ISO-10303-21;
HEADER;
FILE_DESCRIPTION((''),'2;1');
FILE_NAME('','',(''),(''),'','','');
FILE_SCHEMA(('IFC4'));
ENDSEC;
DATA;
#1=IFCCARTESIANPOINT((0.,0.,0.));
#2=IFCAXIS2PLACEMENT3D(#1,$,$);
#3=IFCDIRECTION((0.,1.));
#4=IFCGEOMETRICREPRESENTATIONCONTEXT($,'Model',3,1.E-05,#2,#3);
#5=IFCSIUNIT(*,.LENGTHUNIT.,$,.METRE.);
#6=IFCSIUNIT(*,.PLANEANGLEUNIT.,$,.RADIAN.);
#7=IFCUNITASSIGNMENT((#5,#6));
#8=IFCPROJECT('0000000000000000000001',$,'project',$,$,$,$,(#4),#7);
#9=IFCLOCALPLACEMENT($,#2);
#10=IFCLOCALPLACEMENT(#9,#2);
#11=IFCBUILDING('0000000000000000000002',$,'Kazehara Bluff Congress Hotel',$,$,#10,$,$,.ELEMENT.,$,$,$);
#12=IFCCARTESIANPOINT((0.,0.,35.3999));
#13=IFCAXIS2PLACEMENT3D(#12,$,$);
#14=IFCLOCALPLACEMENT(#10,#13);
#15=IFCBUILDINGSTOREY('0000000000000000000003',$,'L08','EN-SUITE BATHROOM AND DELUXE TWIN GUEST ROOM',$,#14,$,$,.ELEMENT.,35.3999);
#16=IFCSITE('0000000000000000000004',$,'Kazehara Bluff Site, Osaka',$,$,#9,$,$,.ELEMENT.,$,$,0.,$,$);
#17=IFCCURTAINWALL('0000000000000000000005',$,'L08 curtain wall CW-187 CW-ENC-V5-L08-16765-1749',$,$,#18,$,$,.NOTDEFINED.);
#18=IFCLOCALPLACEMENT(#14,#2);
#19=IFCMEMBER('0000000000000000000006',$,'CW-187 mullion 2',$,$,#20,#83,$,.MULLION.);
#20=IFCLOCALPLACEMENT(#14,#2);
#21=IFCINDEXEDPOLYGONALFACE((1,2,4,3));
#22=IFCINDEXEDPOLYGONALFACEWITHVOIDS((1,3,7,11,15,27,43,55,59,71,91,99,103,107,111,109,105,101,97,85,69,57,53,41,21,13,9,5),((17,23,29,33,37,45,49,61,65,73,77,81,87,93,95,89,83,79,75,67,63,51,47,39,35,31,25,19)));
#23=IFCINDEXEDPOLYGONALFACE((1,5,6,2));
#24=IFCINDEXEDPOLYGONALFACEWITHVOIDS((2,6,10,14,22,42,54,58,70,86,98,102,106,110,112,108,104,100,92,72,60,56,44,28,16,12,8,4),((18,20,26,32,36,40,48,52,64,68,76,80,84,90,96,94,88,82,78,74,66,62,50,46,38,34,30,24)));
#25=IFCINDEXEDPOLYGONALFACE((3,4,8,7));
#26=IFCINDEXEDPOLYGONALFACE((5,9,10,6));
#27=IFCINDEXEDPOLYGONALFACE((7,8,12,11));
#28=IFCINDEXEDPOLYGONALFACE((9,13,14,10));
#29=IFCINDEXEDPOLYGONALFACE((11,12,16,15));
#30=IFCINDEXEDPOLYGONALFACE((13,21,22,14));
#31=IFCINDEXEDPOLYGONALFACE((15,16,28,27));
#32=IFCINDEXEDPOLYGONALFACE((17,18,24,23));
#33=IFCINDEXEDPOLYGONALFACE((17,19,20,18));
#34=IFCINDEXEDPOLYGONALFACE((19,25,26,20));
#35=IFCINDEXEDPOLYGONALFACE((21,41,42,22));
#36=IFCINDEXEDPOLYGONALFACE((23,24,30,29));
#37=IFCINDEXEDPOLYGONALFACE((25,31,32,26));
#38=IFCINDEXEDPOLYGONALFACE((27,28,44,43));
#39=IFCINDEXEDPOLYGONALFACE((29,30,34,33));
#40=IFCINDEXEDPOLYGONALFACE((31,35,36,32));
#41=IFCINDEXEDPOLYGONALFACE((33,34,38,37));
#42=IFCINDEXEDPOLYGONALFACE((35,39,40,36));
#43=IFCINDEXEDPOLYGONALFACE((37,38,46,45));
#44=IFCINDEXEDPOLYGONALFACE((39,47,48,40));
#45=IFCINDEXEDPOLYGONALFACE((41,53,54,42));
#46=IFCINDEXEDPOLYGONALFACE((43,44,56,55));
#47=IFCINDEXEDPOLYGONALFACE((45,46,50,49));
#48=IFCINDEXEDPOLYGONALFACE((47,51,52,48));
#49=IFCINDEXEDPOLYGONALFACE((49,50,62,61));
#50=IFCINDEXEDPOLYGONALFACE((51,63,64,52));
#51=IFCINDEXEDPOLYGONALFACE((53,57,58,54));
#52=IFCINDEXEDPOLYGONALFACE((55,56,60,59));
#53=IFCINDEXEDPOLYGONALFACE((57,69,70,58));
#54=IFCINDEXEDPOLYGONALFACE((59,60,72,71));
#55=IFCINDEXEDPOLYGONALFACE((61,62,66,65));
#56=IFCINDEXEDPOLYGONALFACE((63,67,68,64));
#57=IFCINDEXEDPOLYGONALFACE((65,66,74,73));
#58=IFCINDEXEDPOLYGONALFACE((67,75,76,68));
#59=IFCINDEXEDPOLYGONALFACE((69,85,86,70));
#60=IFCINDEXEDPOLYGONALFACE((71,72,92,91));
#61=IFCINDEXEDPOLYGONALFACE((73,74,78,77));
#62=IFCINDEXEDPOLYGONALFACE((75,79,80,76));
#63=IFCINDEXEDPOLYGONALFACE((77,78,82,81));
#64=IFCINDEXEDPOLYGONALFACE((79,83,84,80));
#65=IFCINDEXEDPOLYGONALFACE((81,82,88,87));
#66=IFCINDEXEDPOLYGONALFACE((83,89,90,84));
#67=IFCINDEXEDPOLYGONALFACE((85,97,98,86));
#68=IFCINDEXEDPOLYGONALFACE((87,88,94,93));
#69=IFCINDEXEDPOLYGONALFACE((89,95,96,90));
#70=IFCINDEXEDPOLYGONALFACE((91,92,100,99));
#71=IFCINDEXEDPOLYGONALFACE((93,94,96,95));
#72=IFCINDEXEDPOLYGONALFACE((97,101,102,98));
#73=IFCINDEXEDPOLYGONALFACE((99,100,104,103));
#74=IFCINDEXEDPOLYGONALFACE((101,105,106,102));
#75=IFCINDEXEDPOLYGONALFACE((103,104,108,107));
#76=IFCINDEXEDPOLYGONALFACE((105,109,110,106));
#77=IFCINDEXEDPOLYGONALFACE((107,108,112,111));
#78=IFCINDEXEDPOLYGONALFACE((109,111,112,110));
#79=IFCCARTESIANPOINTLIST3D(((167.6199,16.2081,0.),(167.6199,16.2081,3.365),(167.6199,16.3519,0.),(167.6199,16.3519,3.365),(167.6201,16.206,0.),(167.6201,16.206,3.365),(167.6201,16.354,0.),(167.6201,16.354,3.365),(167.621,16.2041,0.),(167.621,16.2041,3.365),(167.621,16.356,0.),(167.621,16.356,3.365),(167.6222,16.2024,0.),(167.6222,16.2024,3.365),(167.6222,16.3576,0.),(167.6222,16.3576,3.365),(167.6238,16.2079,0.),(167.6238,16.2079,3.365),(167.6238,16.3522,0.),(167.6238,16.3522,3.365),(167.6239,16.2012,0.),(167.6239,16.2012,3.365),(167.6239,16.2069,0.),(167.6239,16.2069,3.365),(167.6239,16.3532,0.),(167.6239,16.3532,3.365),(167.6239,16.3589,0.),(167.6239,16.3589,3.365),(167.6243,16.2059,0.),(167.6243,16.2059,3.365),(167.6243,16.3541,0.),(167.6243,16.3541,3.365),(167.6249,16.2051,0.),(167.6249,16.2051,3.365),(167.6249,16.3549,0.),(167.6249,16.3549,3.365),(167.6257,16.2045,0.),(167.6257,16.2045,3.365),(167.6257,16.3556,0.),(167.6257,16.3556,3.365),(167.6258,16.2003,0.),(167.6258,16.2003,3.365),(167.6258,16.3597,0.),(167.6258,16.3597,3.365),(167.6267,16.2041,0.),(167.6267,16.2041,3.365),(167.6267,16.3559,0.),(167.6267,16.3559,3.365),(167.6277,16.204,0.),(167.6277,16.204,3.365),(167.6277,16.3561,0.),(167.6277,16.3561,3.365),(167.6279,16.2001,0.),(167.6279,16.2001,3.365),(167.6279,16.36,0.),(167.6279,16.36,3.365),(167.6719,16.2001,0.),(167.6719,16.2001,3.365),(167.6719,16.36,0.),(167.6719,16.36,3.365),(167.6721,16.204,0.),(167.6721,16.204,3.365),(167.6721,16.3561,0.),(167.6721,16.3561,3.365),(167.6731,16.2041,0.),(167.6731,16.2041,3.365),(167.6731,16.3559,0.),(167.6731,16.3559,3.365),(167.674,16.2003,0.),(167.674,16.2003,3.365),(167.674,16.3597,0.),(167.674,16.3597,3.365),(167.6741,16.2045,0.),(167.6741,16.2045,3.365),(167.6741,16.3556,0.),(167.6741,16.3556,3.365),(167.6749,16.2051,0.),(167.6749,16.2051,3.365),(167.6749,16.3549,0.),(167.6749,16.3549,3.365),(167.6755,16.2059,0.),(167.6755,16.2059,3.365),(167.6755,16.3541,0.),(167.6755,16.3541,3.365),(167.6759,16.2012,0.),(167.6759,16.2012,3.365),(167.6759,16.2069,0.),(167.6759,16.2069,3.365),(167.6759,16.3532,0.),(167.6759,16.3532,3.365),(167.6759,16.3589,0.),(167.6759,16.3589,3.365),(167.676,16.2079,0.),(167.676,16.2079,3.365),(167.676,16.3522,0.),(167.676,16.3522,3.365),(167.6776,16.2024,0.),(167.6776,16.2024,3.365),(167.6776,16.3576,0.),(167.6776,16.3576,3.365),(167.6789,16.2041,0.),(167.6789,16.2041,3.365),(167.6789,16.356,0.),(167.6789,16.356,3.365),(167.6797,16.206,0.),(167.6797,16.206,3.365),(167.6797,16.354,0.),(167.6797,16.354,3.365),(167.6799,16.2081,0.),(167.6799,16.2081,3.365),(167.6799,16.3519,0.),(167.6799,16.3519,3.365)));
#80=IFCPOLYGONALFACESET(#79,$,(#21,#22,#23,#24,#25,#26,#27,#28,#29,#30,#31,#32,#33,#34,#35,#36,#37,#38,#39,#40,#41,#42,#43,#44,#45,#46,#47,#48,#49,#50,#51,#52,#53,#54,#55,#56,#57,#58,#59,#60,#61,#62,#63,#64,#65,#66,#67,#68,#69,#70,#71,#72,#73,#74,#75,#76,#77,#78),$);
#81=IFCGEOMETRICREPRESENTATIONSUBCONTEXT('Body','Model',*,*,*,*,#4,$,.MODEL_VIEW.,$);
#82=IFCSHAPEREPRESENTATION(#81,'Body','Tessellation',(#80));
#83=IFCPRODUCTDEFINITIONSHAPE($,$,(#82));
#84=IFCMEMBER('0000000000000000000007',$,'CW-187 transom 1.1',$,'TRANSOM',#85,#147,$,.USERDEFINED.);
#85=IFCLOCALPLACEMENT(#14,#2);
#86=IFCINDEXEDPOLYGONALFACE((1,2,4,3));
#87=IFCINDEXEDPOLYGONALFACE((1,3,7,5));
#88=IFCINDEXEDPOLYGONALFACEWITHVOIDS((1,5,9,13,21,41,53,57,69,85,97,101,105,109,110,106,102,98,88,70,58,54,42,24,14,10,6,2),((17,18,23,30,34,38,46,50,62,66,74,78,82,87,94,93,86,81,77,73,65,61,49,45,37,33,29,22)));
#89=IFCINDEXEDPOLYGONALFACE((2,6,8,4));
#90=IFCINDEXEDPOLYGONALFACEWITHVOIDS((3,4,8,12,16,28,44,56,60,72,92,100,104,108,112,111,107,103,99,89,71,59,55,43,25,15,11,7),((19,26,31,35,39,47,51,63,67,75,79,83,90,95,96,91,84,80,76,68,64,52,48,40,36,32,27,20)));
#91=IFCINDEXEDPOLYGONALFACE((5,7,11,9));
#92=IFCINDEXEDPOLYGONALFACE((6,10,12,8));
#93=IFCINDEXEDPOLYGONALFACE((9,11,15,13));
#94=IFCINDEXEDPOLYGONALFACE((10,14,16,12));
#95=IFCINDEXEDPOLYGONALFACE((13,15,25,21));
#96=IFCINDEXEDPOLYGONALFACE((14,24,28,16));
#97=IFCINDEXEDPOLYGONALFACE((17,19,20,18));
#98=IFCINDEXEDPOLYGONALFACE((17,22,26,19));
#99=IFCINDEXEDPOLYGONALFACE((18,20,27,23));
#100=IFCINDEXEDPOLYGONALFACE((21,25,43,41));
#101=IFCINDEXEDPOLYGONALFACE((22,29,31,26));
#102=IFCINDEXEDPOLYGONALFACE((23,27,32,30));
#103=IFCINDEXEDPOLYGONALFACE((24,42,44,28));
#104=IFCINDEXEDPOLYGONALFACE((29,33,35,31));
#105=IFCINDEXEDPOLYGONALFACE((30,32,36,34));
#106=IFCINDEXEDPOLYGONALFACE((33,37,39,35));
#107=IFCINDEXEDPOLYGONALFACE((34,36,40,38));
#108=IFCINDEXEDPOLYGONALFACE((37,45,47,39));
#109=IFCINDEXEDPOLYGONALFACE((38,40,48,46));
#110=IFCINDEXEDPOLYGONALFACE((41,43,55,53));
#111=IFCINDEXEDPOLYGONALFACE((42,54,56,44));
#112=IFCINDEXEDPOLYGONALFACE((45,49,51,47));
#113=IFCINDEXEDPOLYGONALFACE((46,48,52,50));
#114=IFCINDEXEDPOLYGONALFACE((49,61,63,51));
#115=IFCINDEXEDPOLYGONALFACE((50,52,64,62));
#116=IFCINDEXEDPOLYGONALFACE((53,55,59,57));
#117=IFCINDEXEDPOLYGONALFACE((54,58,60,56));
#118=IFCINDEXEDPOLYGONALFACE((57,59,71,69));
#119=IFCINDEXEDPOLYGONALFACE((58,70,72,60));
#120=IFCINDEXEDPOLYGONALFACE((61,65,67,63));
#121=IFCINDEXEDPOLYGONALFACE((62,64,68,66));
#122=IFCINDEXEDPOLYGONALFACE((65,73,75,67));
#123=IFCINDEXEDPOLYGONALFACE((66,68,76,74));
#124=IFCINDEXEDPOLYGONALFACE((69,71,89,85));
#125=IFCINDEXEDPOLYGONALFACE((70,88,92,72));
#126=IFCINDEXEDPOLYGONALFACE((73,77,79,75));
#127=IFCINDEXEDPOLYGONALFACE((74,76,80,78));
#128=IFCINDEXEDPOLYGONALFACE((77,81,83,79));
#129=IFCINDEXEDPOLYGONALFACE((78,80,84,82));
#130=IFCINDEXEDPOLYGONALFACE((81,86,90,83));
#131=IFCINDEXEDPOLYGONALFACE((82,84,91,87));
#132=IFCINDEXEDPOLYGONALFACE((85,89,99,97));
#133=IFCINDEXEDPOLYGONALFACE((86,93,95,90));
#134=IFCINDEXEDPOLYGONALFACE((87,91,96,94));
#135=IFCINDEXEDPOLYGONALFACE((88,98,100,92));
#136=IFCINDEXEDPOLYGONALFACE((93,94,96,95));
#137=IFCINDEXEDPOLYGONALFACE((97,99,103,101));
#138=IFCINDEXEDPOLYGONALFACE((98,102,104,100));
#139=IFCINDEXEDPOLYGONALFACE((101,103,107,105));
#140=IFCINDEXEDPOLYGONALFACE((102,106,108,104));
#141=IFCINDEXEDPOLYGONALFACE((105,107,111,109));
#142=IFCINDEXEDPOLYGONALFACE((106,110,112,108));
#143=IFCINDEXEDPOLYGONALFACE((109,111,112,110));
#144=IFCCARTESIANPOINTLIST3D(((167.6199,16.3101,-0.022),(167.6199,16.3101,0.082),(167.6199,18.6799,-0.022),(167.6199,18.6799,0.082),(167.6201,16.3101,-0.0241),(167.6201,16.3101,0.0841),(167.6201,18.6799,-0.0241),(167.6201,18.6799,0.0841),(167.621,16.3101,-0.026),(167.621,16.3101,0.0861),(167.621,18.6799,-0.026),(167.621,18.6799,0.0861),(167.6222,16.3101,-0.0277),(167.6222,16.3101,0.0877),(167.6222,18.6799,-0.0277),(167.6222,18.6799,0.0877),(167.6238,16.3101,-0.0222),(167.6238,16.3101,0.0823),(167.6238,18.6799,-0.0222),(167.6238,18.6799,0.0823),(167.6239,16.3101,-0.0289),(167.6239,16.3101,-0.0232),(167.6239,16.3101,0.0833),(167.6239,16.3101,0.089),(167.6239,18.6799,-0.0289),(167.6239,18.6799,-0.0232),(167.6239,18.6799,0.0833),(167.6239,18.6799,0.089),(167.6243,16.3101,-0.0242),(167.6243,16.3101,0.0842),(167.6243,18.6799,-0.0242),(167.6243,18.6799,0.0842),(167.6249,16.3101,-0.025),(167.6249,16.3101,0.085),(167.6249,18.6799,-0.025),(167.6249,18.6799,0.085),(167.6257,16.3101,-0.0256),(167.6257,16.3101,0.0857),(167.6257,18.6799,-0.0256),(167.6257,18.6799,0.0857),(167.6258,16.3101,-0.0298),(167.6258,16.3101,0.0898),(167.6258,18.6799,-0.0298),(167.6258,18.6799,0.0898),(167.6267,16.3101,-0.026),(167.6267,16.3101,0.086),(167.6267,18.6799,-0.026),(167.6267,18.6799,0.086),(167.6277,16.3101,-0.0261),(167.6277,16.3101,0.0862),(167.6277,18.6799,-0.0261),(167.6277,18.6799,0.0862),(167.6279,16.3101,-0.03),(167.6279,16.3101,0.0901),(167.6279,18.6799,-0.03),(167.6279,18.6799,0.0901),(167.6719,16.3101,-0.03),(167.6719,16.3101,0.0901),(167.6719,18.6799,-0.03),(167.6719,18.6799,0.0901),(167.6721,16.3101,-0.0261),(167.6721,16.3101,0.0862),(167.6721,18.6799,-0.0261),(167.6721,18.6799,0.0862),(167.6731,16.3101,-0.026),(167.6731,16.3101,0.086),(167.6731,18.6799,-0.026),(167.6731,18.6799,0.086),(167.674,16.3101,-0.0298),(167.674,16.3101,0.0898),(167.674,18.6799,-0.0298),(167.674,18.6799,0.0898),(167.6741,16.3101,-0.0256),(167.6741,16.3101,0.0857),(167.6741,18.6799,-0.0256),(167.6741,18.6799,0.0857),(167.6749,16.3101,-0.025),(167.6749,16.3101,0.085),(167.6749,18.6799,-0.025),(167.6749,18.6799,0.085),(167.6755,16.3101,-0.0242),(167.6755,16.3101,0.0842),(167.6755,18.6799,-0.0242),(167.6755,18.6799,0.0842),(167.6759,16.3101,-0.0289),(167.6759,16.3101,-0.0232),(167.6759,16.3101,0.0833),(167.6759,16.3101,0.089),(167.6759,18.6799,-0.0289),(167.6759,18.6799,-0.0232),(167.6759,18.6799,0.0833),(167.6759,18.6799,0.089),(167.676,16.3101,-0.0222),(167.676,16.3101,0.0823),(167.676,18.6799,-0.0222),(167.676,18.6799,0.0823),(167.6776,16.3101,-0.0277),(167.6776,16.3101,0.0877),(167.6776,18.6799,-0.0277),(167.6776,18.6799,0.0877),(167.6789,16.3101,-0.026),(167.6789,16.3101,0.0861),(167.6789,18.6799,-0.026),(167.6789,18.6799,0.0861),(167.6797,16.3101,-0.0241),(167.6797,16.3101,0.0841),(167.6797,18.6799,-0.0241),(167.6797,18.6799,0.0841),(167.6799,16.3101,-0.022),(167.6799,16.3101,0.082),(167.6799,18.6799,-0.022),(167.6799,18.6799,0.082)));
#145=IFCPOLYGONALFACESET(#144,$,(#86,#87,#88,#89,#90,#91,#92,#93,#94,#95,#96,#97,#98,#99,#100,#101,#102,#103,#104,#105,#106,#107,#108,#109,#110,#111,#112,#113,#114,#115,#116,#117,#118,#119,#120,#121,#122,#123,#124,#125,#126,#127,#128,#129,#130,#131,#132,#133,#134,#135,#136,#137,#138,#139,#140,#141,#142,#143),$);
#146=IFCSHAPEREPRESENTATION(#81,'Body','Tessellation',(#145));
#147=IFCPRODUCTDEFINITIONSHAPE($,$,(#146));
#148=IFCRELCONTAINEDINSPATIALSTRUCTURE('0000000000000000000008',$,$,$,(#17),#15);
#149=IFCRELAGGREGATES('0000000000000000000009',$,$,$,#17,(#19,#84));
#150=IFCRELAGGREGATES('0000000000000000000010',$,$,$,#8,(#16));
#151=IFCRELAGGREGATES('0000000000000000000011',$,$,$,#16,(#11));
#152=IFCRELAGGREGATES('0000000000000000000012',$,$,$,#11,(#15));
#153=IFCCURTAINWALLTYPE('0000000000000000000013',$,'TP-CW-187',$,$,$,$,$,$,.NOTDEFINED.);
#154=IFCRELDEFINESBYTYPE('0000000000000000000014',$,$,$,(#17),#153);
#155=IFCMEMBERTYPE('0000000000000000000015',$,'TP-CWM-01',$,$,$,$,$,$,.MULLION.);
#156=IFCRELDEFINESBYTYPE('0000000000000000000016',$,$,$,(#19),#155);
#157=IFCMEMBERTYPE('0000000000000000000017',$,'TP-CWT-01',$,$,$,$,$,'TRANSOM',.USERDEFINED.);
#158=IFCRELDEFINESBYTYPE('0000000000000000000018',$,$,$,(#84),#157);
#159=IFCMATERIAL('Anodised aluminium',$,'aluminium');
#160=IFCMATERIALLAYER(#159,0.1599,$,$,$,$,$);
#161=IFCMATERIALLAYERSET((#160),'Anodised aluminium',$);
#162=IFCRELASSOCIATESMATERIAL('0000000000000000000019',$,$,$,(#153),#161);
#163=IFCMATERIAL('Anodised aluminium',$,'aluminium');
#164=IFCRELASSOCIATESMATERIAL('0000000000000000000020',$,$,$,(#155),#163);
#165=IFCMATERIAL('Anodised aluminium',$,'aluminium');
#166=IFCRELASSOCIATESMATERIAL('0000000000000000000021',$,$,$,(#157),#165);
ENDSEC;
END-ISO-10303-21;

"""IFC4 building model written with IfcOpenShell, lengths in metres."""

from ifc_helpers import new_model, si_unit, direction, frame, origin, origin_2d, place, context, subcontext, project, spatial, hollow_rectangle, extrude, material, layer, layer_set, material_profile, profile_set, type_object, element, aggregate, save


model = new_model("IFC4")

# Units and contexts
model_context = context("Model", 3, precision=1e-05, world=origin(), true_north=direction((0.0, 1.0)))
body_context = subcontext(model_context, "Body", "Model", "MODEL_VIEW")
ifc_project = project(units=[si_unit("LENGTHUNIT", "METRE"), si_unit("PLANEANGLEUNIT", "RADIAN")], contexts=[model_context])

# Site, building, storey
site_placement = place(None, origin())
site = spatial("IfcSite", under=ifc_project, at=site_placement, Name="Kazehara Bluff Site, Osaka", CompositionType="ELEMENT", RefElevation=0.0)
building_placement = place(site_placement, origin())
building = spatial("IfcBuilding", under=site, at=building_placement, Name="Kazehara Bluff Congress Hotel", CompositionType="ELEMENT")
storey_placement = place(building_placement, frame((0.0, 0.0, 35.3999)))
storey = spatial("IfcBuildingStorey", under=building, at=storey_placement, Name="L08", Description="EN-SUITE BATHROOM AND DELUXE TWIN GUEST ROOM", CompositionType="ELEMENT", Elevation=35.3999)

# Curtain wall, members
ifc_material_1 = material(Name="Anodised aluminium", Category="aluminium")
ifc_layer_1 = layer(ifc_material_1, 0.1599)
ifc_layer_set_1 = layer_set([ifc_layer_1], Name="Anodised aluminium")
curtain_wall_type = type_object("IfcCurtainWallType", Name="TP-CW-187", PredefinedType="NOTDEFINED", material=ifc_layer_set_1)
curtain_wall_placement = place(storey_placement, origin())
curtain_wall = element("IfcCurtainWall", 1, at=curtain_wall_placement, inside=storey, type_object=curtain_wall_type, Name="L08 curtain wall CW-187 CW-ENC-V5-L08-16765-1749", PredefinedType="NOTDEFINED")
ifc_material_2 = material(Name="Anodised aluminium", Category="aluminium")
ifc_material_profile_1 = material_profile(ifc_material_2, hollow_rectangle(XDim=0.0601, YDim=0.1599, WallThickness=0.0039, InnerFilletRadius=0.0039, OuterFilletRadius=0.0081, at=origin_2d()))
ifc_profile_set_1 = profile_set([ifc_material_profile_1], Name="Anodised aluminium")
member_type_1 = type_object("IfcMemberType", Name="TP-CWM-01", PredefinedType="MULLION", material=ifc_profile_set_1)
member_1_placement = place(storey_placement, frame((167.6499, 16.28, 0.0), z_axis=(0.0, 0.0, 1.0), x_axis=(1.0, 0.0, 0.0)))
member_1 = element("IfcMember", 2, at=member_1_placement, type_object=member_type_1, Name="CW-187 mullion 2", PredefinedType="MULLION", context=body_context, shape_type="SweptSolid", body=[
    extrude(hollow_rectangle(XDim=0.0601, YDim=0.1599, WallThickness=0.0039, InnerFilletRadius=0.0039, OuterFilletRadius=0.0081, at=origin_2d()), origin(), (0.0, 0.0, 1.0), 3.365),
])
ifc_material_3 = material(Name="Anodised aluminium", Category="aluminium")
ifc_material_profile_2 = material_profile(ifc_material_3, hollow_rectangle(XDim=0.0601, YDim=0.1201, WallThickness=0.0039, InnerFilletRadius=0.0039, OuterFilletRadius=0.0081, at=origin_2d()))
ifc_profile_set_2 = profile_set([ifc_material_profile_2], Name="Anodised aluminium")
member_type_2 = type_object("IfcMemberType", Name="TP-CWT-01", ElementType="TRANSOM", PredefinedType="USERDEFINED", material=ifc_profile_set_2)
member_2_placement = place(storey_placement, frame((167.6499, 18.6799, 0.03), z_axis=(0.0, -1.0, 0.0), x_axis=(1.0, 0.0, 0.0)))
member_2 = element("IfcMember", 3, at=member_2_placement, type_object=member_type_2, Name="CW-187 transom 1.1", ObjectType="TRANSOM", PredefinedType="USERDEFINED", context=body_context, shape_type="SweptSolid", body=[
    extrude(hollow_rectangle(XDim=0.0601, YDim=0.1201, WallThickness=0.0039, InnerFilletRadius=0.0039, OuterFilletRadius=0.0081, at=origin_2d()), origin(), (0.0, 0.0, 1.0), 2.3699),
])
aggregate(curtain_wall, [member_1, member_2])

save(model, "model.ifc")
